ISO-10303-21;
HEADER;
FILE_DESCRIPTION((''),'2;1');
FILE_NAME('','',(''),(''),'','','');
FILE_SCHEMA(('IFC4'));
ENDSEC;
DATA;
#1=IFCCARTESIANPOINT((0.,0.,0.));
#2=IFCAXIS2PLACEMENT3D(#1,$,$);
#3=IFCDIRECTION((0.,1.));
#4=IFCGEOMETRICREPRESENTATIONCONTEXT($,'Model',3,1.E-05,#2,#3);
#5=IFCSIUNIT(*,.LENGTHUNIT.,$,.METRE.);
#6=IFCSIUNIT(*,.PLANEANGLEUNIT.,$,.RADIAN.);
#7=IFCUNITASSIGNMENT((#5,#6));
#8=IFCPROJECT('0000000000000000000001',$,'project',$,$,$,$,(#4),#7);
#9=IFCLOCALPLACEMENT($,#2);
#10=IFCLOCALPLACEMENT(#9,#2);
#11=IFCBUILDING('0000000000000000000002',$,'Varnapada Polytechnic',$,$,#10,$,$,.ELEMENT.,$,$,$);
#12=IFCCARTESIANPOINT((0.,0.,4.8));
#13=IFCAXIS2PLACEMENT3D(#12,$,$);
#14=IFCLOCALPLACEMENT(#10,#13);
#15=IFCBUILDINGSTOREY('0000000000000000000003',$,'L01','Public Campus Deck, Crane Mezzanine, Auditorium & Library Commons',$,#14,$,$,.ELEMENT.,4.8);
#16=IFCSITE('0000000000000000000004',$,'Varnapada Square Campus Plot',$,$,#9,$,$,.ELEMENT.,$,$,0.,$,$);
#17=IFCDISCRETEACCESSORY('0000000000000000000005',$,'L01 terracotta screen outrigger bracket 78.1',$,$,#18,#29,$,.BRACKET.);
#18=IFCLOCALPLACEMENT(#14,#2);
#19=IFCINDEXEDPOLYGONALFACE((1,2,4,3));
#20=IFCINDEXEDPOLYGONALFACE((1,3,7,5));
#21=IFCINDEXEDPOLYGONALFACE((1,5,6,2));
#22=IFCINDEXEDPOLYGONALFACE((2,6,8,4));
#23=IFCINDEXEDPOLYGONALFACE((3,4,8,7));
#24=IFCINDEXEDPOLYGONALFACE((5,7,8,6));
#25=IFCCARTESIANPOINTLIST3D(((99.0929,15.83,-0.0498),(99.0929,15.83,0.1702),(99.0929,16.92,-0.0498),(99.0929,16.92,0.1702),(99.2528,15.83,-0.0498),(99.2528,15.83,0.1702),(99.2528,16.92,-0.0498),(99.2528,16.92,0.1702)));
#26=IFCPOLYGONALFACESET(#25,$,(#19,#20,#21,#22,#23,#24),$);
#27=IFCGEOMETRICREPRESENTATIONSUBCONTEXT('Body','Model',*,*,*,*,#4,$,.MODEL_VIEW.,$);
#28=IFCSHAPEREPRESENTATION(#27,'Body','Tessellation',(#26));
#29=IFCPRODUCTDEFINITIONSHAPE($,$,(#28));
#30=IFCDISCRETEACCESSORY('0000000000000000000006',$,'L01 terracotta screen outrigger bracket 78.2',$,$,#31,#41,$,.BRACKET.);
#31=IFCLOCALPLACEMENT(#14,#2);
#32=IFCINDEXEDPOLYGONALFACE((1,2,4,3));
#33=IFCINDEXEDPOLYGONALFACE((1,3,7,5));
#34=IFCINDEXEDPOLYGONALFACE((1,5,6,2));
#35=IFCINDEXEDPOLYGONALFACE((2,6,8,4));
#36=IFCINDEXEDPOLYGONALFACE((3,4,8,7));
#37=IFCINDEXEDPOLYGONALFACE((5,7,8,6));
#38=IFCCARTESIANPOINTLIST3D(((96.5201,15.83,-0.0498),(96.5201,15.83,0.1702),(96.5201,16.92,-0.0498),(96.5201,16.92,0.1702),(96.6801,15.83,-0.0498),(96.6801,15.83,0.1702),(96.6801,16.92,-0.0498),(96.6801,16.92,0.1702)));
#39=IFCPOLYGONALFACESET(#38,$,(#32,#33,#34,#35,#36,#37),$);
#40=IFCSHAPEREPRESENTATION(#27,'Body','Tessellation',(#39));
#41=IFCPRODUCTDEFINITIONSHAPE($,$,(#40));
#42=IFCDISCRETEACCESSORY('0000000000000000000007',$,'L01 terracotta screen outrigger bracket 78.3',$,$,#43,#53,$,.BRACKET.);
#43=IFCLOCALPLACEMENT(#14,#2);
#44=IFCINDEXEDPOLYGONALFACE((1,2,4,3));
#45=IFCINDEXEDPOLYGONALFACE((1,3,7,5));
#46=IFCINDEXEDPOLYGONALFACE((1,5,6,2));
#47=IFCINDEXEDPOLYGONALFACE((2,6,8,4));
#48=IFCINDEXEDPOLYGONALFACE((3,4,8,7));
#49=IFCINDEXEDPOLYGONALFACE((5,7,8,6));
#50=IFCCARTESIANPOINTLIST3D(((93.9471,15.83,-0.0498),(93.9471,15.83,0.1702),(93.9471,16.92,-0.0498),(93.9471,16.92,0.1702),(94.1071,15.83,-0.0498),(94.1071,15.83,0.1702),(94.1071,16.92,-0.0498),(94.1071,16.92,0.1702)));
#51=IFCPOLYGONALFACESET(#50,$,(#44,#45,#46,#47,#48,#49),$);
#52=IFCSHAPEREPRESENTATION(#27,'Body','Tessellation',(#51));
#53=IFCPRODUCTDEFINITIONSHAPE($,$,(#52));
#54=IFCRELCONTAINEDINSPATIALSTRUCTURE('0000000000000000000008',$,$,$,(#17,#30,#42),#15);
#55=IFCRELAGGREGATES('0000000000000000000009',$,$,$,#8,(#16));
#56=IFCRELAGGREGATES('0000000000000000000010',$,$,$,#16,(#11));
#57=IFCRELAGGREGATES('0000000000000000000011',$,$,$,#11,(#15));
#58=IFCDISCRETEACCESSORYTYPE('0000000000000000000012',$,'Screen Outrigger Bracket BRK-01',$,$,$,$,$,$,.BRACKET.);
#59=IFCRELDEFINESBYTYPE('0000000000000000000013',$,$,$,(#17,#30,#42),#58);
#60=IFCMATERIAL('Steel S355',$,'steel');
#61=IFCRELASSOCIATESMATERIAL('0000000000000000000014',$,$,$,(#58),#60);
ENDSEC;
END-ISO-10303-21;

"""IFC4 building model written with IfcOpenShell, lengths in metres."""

from ifc_helpers import new_model, si_unit, direction, frame, origin, origin_2d, place, context, subcontext, project, spatial, rectangle, extrude, material, type_object, element, save


model = new_model("IFC4")

# Units and contexts
model_context = context("Model", 3, precision=1e-05, world=origin(), true_north=direction((0.0, 1.0)))
body_context = subcontext(model_context, "Body", "Model", "MODEL_VIEW")
ifc_project = project(units=[si_unit("LENGTHUNIT", "METRE"), si_unit("PLANEANGLEUNIT", "RADIAN")], contexts=[model_context])

# Site, building, storey
site_placement = place(None, origin())
site = spatial("IfcSite", under=ifc_project, at=site_placement, Name="Varnapada Square Campus Plot", CompositionType="ELEMENT", RefElevation=0.0)
building_placement = place(site_placement, origin())
building = spatial("IfcBuilding", under=site, at=building_placement, Name="Varnapada Polytechnic", CompositionType="ELEMENT")
storey_placement = place(building_placement, frame((0.0, 0.0, 4.8)))
storey = spatial("IfcBuildingStorey", under=building, at=storey_placement, Name="L01", Description="Public Campus Deck, Crane Mezzanine, Auditorium & Library Commons", CompositionType="ELEMENT", Elevation=4.8)

# Discrete accessories
ifc_material_1 = material(Name="Steel S355", Category="steel")
discrete_accessory_type = type_object("IfcDiscreteAccessoryType", Name="Screen Outrigger Bracket BRK-01", PredefinedType="BRACKET", material=ifc_material_1)
for number, where, z_axis, x_axis, name in (
    (1, (99.1729, 16.375, -0.0498), (0.0, 0.0, 1.0), (-1.0, 0.0, 0.0), "L01 terracotta screen outrigger bracket 78.1"),
    (2, (96.6001, 16.375, -0.0498), (0.0, 0.0, 1.0), (-1.0, 0.0, 0.0), "L01 terracotta screen outrigger bracket 78.2"),
    (3, (94.0271, 16.375, -0.0498), (0.0, 0.0, 1.0), (-1.0, 0.0, 0.0), "L01 terracotta screen outrigger bracket 78.3"),
):
    element("IfcDiscreteAccessory", number, at=place(storey_placement, frame(where, z_axis=z_axis, x_axis=x_axis)), inside=storey, type_object=discrete_accessory_type, Name=name, PredefinedType="BRACKET", context=body_context, shape_type="SweptSolid", body=[
        extrude(rectangle(XDim=0.1599, YDim=1.0901, at=origin_2d()), origin(), (0.0, 0.0, 1.0), 0.22),
    ])

save(model, "model.ifc")
